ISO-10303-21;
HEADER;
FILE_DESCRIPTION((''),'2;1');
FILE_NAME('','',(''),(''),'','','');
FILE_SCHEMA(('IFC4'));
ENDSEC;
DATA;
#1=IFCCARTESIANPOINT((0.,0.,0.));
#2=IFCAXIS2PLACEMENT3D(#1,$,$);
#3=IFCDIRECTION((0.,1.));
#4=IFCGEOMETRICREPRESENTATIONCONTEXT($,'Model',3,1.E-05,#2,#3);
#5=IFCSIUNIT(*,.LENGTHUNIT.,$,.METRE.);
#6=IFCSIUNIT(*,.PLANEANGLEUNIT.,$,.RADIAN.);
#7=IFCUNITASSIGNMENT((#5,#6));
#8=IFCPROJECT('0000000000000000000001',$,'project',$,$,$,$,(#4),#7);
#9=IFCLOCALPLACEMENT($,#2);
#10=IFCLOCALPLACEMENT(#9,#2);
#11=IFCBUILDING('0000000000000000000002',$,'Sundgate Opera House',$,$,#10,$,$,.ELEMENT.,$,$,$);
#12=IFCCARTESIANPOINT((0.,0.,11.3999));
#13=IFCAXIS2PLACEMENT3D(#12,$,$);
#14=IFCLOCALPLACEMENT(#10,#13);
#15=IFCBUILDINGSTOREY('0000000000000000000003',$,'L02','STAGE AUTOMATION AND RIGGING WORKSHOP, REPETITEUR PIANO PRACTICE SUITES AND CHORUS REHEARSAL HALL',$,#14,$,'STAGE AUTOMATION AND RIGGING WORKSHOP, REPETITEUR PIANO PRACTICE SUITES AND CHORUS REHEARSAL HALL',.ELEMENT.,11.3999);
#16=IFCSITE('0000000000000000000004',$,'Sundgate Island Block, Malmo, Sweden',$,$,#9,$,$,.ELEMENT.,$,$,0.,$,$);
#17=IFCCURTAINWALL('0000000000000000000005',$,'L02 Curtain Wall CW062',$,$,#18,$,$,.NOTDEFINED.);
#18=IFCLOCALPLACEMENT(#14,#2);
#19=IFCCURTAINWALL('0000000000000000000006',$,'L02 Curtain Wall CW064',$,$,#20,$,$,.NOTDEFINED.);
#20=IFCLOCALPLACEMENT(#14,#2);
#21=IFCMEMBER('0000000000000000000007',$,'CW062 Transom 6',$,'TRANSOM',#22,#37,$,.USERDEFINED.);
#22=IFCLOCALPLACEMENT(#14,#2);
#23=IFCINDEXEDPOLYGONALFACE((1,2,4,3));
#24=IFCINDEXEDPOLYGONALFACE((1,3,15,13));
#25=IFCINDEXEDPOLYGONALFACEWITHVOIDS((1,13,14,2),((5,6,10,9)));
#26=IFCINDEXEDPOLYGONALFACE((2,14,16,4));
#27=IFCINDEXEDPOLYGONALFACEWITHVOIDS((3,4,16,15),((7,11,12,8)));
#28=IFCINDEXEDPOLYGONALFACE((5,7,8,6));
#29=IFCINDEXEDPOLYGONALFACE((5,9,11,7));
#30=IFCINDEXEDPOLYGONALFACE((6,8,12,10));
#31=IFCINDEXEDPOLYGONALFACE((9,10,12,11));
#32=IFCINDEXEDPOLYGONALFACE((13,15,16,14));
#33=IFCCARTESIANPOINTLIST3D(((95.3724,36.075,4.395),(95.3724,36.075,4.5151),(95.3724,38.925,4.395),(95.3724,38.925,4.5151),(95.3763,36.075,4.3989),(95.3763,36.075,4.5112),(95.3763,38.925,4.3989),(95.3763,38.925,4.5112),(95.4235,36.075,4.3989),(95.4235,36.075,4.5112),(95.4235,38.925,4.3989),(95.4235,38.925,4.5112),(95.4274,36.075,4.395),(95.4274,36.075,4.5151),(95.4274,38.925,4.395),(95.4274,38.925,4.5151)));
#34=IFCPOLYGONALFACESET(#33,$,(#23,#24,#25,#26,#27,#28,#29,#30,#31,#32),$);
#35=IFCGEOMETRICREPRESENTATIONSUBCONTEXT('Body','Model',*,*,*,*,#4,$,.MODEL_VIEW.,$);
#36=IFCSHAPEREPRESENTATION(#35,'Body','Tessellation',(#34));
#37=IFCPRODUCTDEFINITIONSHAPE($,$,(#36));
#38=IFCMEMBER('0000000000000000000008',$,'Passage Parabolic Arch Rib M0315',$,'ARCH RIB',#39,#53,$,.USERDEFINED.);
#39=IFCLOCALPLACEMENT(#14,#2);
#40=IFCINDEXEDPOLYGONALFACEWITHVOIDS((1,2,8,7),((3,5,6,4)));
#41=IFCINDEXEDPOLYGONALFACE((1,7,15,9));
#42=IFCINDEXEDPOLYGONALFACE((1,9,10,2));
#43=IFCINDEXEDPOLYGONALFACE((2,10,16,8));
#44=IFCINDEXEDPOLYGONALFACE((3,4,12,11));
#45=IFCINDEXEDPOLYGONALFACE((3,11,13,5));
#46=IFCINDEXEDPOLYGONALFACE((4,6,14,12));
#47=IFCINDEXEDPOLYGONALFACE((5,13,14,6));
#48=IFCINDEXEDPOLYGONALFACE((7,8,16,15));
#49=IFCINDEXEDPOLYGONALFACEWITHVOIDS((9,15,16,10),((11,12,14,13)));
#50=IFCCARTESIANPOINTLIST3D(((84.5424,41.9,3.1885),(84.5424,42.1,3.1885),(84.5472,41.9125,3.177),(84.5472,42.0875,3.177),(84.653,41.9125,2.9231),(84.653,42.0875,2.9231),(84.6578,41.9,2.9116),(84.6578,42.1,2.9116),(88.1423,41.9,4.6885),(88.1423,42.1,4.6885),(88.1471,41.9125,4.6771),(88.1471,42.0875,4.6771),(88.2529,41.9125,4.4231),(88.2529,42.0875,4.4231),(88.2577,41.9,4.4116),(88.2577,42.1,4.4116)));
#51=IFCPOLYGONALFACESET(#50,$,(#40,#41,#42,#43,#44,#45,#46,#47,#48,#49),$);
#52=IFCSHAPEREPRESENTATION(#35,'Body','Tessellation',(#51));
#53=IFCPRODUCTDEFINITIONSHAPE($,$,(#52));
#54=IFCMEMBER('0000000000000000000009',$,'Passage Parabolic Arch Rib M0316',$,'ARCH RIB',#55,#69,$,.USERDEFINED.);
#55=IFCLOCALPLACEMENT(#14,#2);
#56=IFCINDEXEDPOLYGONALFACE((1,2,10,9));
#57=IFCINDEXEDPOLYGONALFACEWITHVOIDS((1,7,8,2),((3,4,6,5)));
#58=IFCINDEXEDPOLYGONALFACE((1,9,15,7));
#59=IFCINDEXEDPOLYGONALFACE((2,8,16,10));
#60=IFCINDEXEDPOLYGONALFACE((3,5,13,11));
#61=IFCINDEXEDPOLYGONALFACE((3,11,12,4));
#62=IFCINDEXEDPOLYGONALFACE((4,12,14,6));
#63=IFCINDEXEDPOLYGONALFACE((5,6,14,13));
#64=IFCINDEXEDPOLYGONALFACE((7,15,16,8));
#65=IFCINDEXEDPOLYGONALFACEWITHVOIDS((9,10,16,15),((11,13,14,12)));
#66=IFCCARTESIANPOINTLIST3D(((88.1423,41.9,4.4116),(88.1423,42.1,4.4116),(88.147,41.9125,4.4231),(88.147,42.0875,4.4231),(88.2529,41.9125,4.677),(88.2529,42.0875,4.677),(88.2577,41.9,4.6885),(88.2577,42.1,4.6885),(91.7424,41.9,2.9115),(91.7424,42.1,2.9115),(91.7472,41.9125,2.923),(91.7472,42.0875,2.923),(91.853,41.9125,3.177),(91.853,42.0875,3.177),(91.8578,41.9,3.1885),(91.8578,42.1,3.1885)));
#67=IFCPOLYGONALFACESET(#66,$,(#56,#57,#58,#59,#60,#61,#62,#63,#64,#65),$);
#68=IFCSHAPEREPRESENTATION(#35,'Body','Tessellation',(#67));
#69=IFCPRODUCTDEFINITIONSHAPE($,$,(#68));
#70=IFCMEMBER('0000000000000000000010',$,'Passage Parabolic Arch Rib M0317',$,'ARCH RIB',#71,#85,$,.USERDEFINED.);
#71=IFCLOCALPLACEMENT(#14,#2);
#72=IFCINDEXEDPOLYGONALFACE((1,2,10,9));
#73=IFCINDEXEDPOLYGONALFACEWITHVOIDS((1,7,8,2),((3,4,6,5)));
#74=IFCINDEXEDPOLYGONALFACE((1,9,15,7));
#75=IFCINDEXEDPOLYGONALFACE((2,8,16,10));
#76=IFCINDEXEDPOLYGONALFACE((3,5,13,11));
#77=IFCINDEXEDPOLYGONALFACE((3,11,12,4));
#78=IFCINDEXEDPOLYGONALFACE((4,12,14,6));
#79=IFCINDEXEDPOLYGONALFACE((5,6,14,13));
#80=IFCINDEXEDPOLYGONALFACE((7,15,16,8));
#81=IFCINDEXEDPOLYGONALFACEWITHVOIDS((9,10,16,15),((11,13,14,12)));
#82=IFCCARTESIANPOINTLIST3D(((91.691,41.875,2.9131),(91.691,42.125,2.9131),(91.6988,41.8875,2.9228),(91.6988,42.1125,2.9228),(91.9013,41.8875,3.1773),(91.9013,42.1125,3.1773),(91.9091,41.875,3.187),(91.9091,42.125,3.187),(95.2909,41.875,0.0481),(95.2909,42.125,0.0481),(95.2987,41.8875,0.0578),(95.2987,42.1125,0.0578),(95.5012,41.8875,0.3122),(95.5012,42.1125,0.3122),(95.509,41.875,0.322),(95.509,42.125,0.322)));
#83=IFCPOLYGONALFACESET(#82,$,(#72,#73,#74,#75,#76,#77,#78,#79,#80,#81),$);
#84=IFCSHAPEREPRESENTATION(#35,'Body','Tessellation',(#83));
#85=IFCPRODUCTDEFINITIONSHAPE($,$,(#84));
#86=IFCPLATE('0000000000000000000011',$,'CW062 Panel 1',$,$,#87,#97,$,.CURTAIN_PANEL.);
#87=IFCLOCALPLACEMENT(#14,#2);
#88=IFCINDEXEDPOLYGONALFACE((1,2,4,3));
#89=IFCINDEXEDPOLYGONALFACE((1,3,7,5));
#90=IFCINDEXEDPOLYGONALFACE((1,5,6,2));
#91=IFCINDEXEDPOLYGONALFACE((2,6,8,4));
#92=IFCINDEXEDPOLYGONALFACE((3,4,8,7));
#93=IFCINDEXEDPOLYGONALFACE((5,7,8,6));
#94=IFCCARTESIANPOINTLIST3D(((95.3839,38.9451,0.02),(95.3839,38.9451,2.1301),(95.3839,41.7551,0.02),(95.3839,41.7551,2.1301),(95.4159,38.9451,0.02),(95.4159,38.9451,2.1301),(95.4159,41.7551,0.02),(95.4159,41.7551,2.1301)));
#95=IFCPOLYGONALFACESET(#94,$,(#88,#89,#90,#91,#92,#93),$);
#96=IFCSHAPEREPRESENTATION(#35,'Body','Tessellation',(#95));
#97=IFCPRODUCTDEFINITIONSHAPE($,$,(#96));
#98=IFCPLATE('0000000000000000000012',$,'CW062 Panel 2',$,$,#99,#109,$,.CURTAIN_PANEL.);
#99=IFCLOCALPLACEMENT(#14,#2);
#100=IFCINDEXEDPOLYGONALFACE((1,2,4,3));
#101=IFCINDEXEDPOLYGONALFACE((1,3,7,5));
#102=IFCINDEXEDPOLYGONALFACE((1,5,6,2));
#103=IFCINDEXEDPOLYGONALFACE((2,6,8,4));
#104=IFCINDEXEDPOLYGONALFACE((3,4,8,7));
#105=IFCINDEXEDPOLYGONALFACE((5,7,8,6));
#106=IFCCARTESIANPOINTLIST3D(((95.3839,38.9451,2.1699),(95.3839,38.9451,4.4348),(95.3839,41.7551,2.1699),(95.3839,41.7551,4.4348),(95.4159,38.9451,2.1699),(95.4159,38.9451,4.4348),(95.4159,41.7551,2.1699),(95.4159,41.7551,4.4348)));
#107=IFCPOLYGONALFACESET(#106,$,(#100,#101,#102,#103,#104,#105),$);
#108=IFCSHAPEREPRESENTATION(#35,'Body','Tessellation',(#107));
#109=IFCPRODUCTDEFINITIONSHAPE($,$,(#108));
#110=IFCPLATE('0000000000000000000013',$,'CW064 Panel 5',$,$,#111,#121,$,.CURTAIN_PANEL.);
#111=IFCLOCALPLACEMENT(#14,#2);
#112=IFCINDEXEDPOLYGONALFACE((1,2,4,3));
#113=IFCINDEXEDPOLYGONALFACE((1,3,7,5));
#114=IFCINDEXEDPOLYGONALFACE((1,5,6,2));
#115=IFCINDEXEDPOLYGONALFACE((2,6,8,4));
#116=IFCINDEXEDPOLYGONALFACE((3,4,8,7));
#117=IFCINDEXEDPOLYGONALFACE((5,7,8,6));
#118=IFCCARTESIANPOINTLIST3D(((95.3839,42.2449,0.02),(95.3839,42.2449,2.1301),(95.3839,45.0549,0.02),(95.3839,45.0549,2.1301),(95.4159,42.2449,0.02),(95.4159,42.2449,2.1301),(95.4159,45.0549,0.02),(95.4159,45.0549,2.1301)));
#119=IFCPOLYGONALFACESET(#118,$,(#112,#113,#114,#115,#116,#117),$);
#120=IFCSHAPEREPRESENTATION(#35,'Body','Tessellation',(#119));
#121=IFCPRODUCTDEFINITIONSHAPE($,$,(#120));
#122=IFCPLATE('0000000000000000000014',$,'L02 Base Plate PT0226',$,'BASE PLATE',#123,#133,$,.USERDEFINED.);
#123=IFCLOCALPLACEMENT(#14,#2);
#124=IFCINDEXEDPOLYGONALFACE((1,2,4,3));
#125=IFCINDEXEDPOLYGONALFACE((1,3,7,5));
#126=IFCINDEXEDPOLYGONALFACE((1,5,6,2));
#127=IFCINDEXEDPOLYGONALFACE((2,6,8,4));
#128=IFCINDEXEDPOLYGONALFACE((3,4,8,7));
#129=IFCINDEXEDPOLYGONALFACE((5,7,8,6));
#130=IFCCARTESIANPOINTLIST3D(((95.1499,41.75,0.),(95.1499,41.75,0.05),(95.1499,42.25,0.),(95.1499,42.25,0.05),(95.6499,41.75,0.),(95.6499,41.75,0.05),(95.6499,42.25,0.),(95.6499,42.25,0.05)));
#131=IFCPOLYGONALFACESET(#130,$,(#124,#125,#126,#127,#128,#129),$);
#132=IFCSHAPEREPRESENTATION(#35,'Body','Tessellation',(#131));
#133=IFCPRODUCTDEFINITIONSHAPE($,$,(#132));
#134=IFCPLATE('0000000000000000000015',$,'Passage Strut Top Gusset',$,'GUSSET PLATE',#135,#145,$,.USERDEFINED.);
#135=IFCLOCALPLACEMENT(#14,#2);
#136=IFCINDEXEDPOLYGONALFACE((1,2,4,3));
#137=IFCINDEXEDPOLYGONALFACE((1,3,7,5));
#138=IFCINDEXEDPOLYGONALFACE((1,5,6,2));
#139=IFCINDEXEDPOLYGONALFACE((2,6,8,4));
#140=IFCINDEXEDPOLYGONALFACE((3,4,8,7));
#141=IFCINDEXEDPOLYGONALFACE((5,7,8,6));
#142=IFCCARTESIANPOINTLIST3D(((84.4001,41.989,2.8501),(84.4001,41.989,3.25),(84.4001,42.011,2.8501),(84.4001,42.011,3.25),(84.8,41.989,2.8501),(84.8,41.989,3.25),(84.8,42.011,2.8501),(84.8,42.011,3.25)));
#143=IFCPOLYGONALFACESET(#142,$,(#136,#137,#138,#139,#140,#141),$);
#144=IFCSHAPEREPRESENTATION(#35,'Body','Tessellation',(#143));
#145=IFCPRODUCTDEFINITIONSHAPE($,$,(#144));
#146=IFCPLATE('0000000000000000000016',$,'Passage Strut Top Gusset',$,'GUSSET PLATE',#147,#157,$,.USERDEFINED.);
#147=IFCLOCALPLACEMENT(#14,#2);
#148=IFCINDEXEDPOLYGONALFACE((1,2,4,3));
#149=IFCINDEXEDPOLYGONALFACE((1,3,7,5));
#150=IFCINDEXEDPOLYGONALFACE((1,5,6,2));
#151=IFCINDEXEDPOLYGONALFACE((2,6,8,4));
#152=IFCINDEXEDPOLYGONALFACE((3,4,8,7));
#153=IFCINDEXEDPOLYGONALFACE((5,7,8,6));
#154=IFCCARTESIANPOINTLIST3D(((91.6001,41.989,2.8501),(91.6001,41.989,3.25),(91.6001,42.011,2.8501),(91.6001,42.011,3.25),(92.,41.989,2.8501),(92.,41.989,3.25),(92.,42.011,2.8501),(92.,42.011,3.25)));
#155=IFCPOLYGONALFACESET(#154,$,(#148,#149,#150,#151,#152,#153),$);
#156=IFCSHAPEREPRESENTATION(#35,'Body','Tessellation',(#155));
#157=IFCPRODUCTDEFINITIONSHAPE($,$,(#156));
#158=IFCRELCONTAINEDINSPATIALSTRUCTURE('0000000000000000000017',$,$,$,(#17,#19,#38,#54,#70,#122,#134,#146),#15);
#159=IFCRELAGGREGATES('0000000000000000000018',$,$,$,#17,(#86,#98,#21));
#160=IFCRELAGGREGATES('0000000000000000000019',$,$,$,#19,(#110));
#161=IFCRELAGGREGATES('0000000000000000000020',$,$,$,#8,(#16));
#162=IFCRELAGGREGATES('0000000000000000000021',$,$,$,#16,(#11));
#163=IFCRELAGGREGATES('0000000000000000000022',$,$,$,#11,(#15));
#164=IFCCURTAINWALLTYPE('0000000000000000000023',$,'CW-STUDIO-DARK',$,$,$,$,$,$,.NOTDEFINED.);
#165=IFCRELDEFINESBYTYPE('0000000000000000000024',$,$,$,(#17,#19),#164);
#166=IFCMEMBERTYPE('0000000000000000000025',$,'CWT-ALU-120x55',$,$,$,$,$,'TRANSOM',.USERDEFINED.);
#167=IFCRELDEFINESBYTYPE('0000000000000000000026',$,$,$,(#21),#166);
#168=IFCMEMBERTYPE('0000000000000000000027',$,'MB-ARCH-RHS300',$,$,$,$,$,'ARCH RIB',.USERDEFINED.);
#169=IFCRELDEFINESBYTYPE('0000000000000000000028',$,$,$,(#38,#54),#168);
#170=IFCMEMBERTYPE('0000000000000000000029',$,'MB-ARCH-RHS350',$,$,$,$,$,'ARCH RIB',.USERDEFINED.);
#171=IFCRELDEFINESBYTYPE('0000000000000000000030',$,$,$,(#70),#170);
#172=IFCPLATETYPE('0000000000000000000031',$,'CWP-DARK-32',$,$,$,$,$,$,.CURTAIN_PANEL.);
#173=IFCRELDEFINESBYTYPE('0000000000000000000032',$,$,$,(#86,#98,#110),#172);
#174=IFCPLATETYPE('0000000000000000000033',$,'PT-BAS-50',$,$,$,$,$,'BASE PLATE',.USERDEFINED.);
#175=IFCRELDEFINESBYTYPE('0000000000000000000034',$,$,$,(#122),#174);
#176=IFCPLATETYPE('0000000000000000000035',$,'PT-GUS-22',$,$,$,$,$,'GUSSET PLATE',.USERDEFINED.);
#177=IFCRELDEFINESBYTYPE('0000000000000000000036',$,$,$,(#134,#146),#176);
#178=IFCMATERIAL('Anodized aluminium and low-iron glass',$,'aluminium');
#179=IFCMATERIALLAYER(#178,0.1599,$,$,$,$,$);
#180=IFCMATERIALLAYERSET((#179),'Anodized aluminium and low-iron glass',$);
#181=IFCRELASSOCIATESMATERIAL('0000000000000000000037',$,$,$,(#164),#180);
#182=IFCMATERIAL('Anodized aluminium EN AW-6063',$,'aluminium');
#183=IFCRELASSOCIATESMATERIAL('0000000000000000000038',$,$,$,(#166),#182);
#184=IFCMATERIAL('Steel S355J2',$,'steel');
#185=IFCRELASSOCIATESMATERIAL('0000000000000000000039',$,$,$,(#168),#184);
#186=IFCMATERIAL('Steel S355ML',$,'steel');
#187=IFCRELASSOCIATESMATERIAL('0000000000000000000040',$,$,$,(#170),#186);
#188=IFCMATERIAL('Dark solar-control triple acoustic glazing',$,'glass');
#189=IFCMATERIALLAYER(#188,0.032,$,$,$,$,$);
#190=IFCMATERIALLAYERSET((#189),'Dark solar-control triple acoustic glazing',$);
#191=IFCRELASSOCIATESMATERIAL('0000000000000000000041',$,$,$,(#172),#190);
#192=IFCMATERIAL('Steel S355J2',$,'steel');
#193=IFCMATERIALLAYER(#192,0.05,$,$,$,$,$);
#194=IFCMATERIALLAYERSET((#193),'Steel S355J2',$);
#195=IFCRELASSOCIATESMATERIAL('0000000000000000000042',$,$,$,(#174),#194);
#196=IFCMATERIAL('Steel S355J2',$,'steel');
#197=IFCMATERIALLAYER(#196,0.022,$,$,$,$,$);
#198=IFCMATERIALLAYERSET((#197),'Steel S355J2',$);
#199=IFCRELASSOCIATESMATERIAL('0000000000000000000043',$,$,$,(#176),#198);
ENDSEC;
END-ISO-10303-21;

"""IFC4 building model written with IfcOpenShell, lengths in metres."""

from ifc_helpers import new_model, si_unit, direction, frame, origin, origin_2d, place, context, subcontext, project, spatial, rectangle, hollow_rectangle, extrude, material, layer, layer_set, material_profile, profile_set, type_object, element, aggregate, save


model = new_model("IFC4")

# Units and contexts
model_context = context("Model", 3, precision=1e-05, world=origin(), true_north=direction((0.0, 1.0)))
body_context = subcontext(model_context, "Body", "Model", "MODEL_VIEW")
ifc_project = project(units=[si_unit("LENGTHUNIT", "METRE"), si_unit("PLANEANGLEUNIT", "RADIAN")], contexts=[model_context])

# Site, building, storey
site_placement = place(None, origin())
site = spatial("IfcSite", under=ifc_project, at=site_placement, Name="Sundgate Island Block, Malmo, Sweden", CompositionType="ELEMENT", RefElevation=0.0)
building_placement = place(site_placement, origin())
building = spatial("IfcBuilding", under=site, at=building_placement, Name="Sundgate Opera House", CompositionType="ELEMENT")
storey_placement = place(building_placement, frame((0.0, 0.0, 11.3999)))
storey = spatial("IfcBuildingStorey", under=building, at=storey_placement, Name="L02", Description="STAGE AUTOMATION AND RIGGING WORKSHOP, REPETITEUR PIANO PRACTICE SUITES AND CHORUS REHEARSAL HALL", LongName="STAGE AUTOMATION AND RIGGING WORKSHOP, REPETITEUR PIANO PRACTICE SUITES AND CHORUS REHEARSAL HALL", CompositionType="ELEMENT", Elevation=11.3999)

# Curtain walls
ifc_material_1 = material(Name="Anodized aluminium and low-iron glass", Category="aluminium")
ifc_layer_1 = layer(ifc_material_1, 0.1599)
ifc_layer_set_1 = layer_set([ifc_layer_1], Name="Anodized aluminium and low-iron glass")
curtain_wall_type = type_object("IfcCurtainWallType", Name="CW-STUDIO-DARK", PredefinedType="NOTDEFINED", material=ifc_layer_set_1)
curtain_wall_1_placement = place(storey_placement, origin())
curtain_wall_1 = element("IfcCurtainWall", 1, at=curtain_wall_1_placement, inside=storey, type_object=curtain_wall_type, Name="L02 Curtain Wall CW062", PredefinedType="NOTDEFINED")
curtain_wall_2_placement = place(storey_placement, origin())
curtain_wall_2 = element("IfcCurtainWall", 2, at=curtain_wall_2_placement, inside=storey, type_object=curtain_wall_type, Name="L02 Curtain Wall CW064", PredefinedType="NOTDEFINED")

# Member
ifc_material_2 = material(Name="Anodized aluminium EN AW-6063", Category="aluminium")
ifc_material_profile_1 = material_profile(ifc_material_2, hollow_rectangle(XDim=0.0549, YDim=0.1201, WallThickness=0.0039, at=origin_2d()), Name="CWT 120x55x4")
ifc_profile_set_1 = profile_set([ifc_material_profile_1], Name="Anodized aluminium EN AW-6063")
member_type_1 = type_object("IfcMemberType", Name="CWT-ALU-120x55", ElementType="TRANSOM", PredefinedType="USERDEFINED", material=ifc_profile_set_1)
member_1_placement = place(storey_placement, frame((95.3999, 38.925, 4.4551), z_axis=(0.0, -1.0, 0.0), x_axis=(1.0, 0.0, 0.0)))
member_1 = element("IfcMember", 3, at=member_1_placement, type_object=member_type_1, Name="CW062 Transom 6", ObjectType="TRANSOM", PredefinedType="USERDEFINED", context=body_context, shape_type="SweptSolid", body=[
    extrude(hollow_rectangle(XDim=0.0549, YDim=0.1201, WallThickness=0.0039, at=origin_2d()), origin(), (0.0, 0.0, 1.0), 2.8501),
])

# Members
ifc_material_3 = material(Name="Steel S355J2", Category="steel")
ifc_material_profile_2 = material_profile(ifc_material_3, hollow_rectangle(XDim=0.2, YDim=0.3, WallThickness=0.0125, at=origin_2d()), Name="RHS 300x200x12.5")
ifc_profile_set_2 = profile_set([ifc_material_profile_2], Name="Steel S355J2")
member_type_2 = type_object("IfcMemberType", Name="MB-ARCH-RHS300", ElementType="ARCH RIB", PredefinedType="USERDEFINED", material=ifc_profile_set_2)
member_2_placement = place(storey_placement, frame((84.6001, 42.0, 3.05), z_axis=(0.923071, 0.0, 0.384629), x_axis=(0.0, 1.0, 0.0)))
element("IfcMember", 4, at=member_2_placement, inside=storey, type_object=member_type_2, Name="Passage Parabolic Arch Rib M0315", ObjectType="ARCH RIB", PredefinedType="USERDEFINED", context=body_context, shape_type="SweptSolid", body=[
    extrude(hollow_rectangle(XDim=0.2, YDim=0.3, WallThickness=0.0125, at=origin_2d()), origin(), (0.0, 0.0, 1.0), 3.8999),
])
member_3_placement = place(storey_placement, frame((88.2, 42.0, 4.55), z_axis=(0.923081, 0.0, -0.384606), x_axis=(0.0, 1.0, 0.0)))
element("IfcMember", 5, at=member_3_placement, inside=storey, type_object=member_type_2, Name="Passage Parabolic Arch Rib M0316", ObjectType="ARCH RIB", PredefinedType="USERDEFINED", context=body_context, shape_type="SweptSolid", body=[
    extrude(hollow_rectangle(XDim=0.2, YDim=0.3, WallThickness=0.0125, at=origin_2d()), origin(), (0.0, 0.0, 1.0), 3.9001),
])
ifc_material_4 = material(Name="Steel S355ML", Category="steel")
ifc_material_profile_3 = material_profile(ifc_material_4, hollow_rectangle(XDim=0.25, YDim=0.3501, WallThickness=0.0125, at=origin_2d()), Name="RHS 350x250x12.5")
ifc_profile_set_3 = profile_set([ifc_material_profile_3], Name="Steel S355ML")
member_type_3 = type_object("IfcMemberType", Name="MB-ARCH-RHS350", ElementType="ARCH RIB", PredefinedType="USERDEFINED", material=ifc_profile_set_3)
member_4_placement = place(storey_placement, frame((91.8, 42.0, 3.05), z_axis=(0.782445, 0.0, -0.622719), x_axis=(0.0, 1.0, 0.0)))
element("IfcMember", 6, at=member_4_placement, inside=storey, type_object=member_type_3, Name="Passage Parabolic Arch Rib M0317", ObjectType="ARCH RIB", PredefinedType="USERDEFINED", context=body_context, shape_type="SweptSolid", body=[
    extrude(hollow_rectangle(XDim=0.25, YDim=0.3501, WallThickness=0.0125, at=origin_2d()), origin(), (0.0, 0.0, 1.0), 4.6008),
])

# Plates
ifc_material_5 = material(Name="Dark solar-control triple acoustic glazing", Category="glass")
ifc_layer_2 = layer(ifc_material_5, 0.032)
ifc_layer_set_2 = layer_set([ifc_layer_2], Name="Dark solar-control triple acoustic glazing")
plate_type_1 = type_object("IfcPlateType", Name="CWP-DARK-32", PredefinedType="CURTAIN_PANEL", material=ifc_layer_set_2)
plate_1_placement = place(storey_placement, frame((95.3999, 40.3501, 0.02), z_axis=(0.0, 0.0, 1.0), x_axis=(0.0, -1.0, 0.0)))
plate_1 = element("IfcPlate", 7, at=plate_1_placement, type_object=plate_type_1, Name="CW062 Panel 1", PredefinedType="CURTAIN_PANEL", context=body_context, shape_type="SweptSolid", body=[
    extrude(rectangle(XDim=2.8101, YDim=0.032, at=origin_2d()), origin(), (0.0, 0.0, 1.0), 2.1101),
])
plate_2_placement = place(storey_placement, frame((95.3999, 40.3501, 2.1699), z_axis=(0.0, 0.0, 1.0), x_axis=(0.0, -1.0, 0.0)))
plate_2 = element("IfcPlate", 8, at=plate_2_placement, type_object=plate_type_1, Name="CW062 Panel 2", PredefinedType="CURTAIN_PANEL", context=body_context, shape_type="SweptSolid", body=[
    extrude(rectangle(XDim=2.8101, YDim=0.032, at=origin_2d()), origin(), (0.0, 0.0, 1.0), 2.2649),
])
aggregate(curtain_wall_1, [plate_1, plate_2, member_1])
plate_3_placement = place(storey_placement, frame((95.3999, 43.6499, 0.02), z_axis=(0.0, 0.0, 1.0), x_axis=(0.0, -1.0, 0.0)))
plate_3 = element("IfcPlate", 9, at=plate_3_placement, type_object=plate_type_1, Name="CW064 Panel 5", PredefinedType="CURTAIN_PANEL", context=body_context, shape_type="SweptSolid", body=[
    extrude(rectangle(XDim=2.8101, YDim=0.032, at=origin_2d()), origin(), (0.0, 0.0, 1.0), 2.1101),
])
aggregate(curtain_wall_2, [plate_3])

# Plates
ifc_material_6 = material(Name="Steel S355J2", Category="steel")
ifc_layer_3 = layer(ifc_material_6, 0.05)
ifc_layer_set_3 = layer_set([ifc_layer_3], Name="Steel S355J2")
plate_type_2 = type_object("IfcPlateType", Name="PT-BAS-50", ElementType="BASE PLATE", PredefinedType="USERDEFINED", material=ifc_layer_set_3)
plate_4_placement = place(storey_placement, frame((95.3999, 42.0, 0.0), z_axis=(0.0, 0.0, 1.0), x_axis=(1.0, 0.0, 0.0)))
element("IfcPlate", 10, at=plate_4_placement, inside=storey, type_object=plate_type_2, Name="L02 Base Plate PT0226", ObjectType="BASE PLATE", PredefinedType="USERDEFINED", context=body_context, shape_type="SweptSolid", body=[
    extrude(rectangle(XDim=0.5, YDim=0.5, at=origin_2d()), origin(), (0.0, 0.0, 1.0), 0.05),
])
ifc_material_7 = material(Name="Steel S355J2", Category="steel")
ifc_layer_4 = layer(ifc_material_7, 0.022)
ifc_layer_set_4 = layer_set([ifc_layer_4], Name="Steel S355J2")
plate_type_3 = type_object("IfcPlateType", Name="PT-GUS-22", ElementType="GUSSET PLATE", PredefinedType="USERDEFINED", material=ifc_layer_set_4)
for number, where, z_axis, x_axis, name in (
    (11, (84.6001, 42.0, 2.8501), (0.0, 0.0, 1.0), (1.0, 0.0, 0.0), "Passage Strut Top Gusset"),
    (12, (91.8, 42.0, 2.8501), (0.0, 0.0, 1.0), (1.0, 0.0, 0.0), "Passage Strut Top Gusset"),
):
    element("IfcPlate", number, at=place(storey_placement, frame(where, z_axis=z_axis, x_axis=x_axis)), inside=storey, type_object=plate_type_3, Name=name, ObjectType="GUSSET PLATE", PredefinedType="USERDEFINED", context=body_context, shape_type="SweptSolid", body=[
        extrude(rectangle(XDim=0.3999, YDim=0.022, at=origin_2d()), origin(), (0.0, 0.0, 1.0), 0.3999),
    ])

save(model, "model.ifc")
